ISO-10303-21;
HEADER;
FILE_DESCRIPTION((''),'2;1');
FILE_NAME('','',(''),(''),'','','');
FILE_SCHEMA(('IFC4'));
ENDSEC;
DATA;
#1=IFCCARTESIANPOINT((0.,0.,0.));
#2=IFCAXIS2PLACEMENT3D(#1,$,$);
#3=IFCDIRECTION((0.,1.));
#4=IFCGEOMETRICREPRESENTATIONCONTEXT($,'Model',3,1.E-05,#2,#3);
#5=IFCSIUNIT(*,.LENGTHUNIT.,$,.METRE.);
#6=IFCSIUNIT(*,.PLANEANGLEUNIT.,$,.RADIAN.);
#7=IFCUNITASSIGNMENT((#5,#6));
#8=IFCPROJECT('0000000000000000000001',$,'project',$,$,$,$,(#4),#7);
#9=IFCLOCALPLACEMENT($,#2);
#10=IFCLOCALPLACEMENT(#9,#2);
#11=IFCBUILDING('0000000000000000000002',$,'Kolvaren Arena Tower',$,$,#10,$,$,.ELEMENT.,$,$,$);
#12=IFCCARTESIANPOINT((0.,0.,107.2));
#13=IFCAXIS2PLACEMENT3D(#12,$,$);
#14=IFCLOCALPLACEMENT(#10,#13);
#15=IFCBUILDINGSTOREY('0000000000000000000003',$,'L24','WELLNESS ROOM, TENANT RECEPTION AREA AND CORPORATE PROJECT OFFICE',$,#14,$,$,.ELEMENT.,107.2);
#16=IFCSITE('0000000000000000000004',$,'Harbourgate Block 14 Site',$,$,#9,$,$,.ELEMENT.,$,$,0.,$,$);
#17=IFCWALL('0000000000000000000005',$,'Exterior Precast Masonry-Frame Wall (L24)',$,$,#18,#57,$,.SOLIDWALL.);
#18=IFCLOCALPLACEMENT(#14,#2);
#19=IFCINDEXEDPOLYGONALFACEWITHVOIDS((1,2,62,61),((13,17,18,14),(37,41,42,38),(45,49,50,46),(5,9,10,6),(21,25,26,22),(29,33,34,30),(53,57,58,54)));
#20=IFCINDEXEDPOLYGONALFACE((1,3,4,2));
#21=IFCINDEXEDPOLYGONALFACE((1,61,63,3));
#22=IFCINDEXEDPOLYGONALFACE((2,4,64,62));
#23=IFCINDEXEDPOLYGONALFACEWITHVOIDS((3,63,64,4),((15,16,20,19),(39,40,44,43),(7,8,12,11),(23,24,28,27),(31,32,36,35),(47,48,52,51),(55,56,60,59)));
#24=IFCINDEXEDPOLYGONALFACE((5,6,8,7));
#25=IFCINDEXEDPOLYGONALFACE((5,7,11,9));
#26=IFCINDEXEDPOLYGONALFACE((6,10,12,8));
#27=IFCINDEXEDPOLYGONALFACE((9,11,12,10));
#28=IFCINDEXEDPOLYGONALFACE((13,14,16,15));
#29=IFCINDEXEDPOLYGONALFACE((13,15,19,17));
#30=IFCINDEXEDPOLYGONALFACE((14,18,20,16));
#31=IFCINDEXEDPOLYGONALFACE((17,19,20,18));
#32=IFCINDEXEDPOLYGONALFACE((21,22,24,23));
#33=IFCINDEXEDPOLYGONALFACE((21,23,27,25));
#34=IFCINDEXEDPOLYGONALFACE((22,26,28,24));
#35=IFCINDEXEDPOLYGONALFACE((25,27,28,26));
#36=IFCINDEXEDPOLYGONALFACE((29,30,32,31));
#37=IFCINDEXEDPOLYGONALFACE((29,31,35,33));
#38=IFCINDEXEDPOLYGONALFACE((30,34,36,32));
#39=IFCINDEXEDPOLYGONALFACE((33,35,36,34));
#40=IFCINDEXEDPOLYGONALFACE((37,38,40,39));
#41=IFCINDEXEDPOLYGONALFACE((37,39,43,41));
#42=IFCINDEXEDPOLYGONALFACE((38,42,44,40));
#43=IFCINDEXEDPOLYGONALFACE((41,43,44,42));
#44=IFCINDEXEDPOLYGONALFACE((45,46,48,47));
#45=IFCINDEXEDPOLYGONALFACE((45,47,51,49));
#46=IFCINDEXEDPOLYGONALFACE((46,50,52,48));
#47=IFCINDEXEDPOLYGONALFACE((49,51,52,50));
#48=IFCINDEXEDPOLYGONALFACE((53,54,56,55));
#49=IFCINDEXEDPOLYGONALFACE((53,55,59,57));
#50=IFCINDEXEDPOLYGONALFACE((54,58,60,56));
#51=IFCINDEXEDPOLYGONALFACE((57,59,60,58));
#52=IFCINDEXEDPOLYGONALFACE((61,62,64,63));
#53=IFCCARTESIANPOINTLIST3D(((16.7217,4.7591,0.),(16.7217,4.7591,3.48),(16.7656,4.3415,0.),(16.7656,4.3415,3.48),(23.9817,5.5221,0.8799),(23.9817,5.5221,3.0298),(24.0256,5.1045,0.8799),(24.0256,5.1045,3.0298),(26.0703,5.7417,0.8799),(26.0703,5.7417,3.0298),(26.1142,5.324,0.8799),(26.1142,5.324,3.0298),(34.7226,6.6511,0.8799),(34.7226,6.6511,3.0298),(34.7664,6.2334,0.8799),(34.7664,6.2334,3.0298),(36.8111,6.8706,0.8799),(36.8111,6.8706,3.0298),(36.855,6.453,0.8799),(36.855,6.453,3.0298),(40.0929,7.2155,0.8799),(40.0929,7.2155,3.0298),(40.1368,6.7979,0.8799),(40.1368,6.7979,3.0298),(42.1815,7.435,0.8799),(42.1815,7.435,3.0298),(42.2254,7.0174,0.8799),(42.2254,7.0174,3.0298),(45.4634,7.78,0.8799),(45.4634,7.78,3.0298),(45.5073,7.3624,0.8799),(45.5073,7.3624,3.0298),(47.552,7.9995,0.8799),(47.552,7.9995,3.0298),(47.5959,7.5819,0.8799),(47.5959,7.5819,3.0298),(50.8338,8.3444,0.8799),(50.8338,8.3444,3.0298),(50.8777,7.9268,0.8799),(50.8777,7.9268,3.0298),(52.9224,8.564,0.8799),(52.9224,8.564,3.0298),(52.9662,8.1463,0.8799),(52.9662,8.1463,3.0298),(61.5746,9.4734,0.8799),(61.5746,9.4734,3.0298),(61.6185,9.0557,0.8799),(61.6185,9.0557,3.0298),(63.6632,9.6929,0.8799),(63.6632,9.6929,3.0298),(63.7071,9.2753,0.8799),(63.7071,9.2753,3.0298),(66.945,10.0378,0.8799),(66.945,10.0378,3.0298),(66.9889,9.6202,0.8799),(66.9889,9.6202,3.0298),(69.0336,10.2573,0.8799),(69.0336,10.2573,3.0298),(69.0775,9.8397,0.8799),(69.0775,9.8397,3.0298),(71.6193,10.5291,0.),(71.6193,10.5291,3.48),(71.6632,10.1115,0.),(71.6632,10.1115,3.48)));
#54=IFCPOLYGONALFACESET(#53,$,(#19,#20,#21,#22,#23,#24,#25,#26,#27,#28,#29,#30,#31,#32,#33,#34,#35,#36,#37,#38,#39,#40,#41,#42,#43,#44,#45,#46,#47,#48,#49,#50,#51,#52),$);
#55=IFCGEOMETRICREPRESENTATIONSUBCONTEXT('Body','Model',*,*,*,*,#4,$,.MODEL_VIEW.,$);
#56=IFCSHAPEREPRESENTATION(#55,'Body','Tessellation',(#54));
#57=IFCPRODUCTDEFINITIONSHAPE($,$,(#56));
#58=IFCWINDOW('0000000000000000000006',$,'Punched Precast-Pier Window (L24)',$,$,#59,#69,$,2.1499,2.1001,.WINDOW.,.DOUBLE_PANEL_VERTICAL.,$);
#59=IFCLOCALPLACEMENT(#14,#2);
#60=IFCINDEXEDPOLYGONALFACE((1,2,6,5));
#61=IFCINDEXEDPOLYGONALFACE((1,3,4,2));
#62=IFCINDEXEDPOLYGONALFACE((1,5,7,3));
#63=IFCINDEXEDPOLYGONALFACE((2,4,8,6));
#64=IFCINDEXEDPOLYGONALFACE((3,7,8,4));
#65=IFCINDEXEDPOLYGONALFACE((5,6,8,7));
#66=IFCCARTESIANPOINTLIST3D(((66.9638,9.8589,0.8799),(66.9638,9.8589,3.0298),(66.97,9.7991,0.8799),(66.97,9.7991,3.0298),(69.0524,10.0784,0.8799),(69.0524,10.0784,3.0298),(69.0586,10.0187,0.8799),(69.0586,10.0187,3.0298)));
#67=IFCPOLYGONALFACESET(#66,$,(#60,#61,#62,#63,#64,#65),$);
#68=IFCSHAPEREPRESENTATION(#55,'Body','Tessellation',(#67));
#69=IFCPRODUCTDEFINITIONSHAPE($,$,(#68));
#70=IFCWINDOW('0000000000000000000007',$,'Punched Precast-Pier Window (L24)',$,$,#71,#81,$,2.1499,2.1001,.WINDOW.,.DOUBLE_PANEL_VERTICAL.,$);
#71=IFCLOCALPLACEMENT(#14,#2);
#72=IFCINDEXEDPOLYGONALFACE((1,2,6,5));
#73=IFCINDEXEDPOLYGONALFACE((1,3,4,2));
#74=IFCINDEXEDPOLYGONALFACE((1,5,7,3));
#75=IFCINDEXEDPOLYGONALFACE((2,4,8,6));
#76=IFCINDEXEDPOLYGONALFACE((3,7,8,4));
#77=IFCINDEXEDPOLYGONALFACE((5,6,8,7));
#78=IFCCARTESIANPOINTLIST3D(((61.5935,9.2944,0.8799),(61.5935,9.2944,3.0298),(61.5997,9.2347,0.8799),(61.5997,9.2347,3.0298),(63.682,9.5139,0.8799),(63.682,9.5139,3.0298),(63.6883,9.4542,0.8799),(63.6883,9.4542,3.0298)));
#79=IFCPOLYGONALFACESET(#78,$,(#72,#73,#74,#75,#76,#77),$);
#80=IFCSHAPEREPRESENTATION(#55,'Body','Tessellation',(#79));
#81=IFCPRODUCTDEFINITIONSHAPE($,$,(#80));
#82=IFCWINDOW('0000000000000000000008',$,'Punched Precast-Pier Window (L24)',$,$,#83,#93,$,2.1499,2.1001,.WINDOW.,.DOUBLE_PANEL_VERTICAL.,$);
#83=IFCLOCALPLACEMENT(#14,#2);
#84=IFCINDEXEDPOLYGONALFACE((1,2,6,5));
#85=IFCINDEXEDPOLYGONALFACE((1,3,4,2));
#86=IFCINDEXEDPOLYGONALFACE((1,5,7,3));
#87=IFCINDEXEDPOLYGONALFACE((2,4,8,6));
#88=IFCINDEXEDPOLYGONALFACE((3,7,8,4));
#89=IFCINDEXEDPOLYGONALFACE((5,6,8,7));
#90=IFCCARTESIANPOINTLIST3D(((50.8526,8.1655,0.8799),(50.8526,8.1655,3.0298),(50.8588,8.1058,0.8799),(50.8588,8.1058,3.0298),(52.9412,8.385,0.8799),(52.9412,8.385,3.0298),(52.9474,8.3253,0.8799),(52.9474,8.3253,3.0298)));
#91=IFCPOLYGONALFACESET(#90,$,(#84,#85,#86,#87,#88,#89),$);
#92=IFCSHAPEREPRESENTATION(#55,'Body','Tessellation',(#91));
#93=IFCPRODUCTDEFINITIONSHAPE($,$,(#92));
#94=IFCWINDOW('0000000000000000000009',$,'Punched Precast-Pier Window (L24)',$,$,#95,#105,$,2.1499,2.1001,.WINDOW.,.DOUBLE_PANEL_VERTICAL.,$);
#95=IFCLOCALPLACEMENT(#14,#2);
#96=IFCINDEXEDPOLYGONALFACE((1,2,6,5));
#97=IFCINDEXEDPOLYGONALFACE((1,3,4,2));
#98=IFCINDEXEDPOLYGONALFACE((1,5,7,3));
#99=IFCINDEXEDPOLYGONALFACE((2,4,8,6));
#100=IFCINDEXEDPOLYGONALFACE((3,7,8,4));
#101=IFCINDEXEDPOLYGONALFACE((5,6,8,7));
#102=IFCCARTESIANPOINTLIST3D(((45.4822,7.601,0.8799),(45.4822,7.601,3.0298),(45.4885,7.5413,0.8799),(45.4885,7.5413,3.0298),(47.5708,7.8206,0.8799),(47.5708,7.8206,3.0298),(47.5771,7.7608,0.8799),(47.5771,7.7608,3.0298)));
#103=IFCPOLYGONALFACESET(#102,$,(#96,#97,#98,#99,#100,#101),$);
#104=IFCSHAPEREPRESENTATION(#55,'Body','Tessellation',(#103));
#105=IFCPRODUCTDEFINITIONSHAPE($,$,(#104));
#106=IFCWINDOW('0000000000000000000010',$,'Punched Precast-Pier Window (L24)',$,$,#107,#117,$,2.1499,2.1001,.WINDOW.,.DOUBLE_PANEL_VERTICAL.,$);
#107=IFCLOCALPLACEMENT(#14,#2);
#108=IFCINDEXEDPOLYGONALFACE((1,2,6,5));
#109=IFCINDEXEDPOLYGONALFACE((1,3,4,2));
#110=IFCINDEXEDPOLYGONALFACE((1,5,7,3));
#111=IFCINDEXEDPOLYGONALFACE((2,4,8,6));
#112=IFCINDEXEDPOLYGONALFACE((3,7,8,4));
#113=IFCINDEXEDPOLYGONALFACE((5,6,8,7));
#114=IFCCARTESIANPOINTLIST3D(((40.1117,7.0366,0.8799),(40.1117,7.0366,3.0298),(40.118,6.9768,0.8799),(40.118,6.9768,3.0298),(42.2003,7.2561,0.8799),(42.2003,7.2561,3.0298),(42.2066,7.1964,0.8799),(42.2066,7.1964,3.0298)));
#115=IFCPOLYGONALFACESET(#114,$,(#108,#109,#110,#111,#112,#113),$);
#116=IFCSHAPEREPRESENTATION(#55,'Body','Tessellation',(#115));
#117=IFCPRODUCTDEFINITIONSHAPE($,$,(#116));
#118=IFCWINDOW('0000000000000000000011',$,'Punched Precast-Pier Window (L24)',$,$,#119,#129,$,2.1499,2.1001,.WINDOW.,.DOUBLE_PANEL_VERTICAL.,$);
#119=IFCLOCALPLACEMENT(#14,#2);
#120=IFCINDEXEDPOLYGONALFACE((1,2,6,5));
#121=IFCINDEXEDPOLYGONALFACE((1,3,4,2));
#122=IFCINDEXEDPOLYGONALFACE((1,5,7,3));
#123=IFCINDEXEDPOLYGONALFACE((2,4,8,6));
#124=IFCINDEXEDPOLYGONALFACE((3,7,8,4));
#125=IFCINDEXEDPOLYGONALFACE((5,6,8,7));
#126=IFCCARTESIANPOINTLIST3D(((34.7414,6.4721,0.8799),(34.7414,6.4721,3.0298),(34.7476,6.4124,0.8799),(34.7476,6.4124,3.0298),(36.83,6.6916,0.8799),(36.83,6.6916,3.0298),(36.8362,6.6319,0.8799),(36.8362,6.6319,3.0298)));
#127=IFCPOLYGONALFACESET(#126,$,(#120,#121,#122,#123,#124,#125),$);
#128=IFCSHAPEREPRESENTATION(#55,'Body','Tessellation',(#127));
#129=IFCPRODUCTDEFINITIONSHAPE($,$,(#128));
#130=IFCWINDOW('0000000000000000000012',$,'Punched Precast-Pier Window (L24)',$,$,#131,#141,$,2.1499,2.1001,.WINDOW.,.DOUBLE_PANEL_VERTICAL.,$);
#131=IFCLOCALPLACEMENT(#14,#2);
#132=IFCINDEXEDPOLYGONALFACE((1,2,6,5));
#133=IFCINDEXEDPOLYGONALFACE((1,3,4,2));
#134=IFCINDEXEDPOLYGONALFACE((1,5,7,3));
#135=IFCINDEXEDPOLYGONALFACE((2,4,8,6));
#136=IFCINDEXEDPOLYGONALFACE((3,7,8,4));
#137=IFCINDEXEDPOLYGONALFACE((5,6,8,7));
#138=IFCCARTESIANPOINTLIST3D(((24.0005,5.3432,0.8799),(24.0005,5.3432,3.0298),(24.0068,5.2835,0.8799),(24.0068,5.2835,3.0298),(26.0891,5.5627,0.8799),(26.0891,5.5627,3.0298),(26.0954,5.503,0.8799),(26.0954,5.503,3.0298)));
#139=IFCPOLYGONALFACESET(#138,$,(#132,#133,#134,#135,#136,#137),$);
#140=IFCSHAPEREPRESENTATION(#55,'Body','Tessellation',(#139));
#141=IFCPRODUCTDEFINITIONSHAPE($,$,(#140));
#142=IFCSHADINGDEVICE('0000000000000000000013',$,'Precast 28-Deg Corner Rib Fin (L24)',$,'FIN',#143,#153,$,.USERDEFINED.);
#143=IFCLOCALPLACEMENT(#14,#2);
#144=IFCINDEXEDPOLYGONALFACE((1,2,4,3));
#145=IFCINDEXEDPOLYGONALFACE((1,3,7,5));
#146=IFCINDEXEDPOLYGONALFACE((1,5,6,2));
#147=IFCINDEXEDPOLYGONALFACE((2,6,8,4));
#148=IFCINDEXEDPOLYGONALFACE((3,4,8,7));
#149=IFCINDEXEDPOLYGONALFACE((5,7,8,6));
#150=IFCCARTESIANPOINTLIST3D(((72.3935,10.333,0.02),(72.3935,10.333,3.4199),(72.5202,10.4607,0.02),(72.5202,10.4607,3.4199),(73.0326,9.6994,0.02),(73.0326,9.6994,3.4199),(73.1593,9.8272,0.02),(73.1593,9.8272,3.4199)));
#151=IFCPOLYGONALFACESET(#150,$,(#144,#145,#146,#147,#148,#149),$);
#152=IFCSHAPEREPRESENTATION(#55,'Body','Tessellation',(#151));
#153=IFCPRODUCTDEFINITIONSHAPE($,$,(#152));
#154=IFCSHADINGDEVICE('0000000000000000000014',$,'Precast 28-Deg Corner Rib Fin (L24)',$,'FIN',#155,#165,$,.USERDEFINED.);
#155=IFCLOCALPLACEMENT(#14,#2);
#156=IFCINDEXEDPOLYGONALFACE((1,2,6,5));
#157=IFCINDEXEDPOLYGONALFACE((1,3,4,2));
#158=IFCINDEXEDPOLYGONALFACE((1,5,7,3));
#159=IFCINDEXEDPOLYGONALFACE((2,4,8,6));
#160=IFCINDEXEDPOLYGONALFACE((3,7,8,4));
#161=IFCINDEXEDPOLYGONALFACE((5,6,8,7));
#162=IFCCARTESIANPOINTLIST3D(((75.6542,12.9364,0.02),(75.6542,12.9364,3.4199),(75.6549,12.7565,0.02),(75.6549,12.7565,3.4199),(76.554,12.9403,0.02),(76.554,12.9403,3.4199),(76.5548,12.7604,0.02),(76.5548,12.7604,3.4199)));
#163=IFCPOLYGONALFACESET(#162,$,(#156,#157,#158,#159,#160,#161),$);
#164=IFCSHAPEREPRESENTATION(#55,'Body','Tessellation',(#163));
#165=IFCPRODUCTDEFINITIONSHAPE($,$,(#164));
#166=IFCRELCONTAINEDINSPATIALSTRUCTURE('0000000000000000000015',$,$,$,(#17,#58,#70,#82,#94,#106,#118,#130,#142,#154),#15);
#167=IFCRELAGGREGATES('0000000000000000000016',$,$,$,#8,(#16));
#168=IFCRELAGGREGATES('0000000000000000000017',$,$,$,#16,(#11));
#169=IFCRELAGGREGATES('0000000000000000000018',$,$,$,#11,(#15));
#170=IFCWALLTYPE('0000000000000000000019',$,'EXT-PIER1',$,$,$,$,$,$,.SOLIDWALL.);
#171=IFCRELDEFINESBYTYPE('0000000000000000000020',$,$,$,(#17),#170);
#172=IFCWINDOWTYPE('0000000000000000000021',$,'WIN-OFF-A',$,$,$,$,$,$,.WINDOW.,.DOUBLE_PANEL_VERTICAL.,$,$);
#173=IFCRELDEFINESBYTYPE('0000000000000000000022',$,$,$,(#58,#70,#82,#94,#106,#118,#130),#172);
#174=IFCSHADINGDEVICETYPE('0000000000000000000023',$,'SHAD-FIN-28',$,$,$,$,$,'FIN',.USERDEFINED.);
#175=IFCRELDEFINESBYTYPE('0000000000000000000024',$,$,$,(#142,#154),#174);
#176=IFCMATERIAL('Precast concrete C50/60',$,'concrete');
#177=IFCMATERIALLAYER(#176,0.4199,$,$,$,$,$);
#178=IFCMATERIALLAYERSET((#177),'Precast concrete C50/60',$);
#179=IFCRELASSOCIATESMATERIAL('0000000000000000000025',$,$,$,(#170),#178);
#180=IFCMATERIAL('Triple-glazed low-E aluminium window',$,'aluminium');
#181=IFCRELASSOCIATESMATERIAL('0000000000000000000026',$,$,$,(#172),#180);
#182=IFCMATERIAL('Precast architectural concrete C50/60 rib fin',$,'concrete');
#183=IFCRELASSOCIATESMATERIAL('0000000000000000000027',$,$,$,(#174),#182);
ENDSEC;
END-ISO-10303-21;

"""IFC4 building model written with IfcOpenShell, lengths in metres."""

from ifc_helpers import new_model, si_unit, direction, frame, frame_2d, origin, origin_2d, place, context, subcontext, project, spatial, rectangle, extrude, material, layer, layer_set, type_object, element, fill, save


model = new_model("IFC4")

# Units and contexts
model_context = context("Model", 3, precision=1e-05, world=origin(), true_north=direction((0.0, 1.0)))
body_context = subcontext(model_context, "Body", "Model", "MODEL_VIEW")
ifc_project = project(units=[si_unit("LENGTHUNIT", "METRE"), si_unit("PLANEANGLEUNIT", "RADIAN")], contexts=[model_context])

# Site, building, storey
site_placement = place(None, origin())
site = spatial("IfcSite", under=ifc_project, at=site_placement, Name="Harbourgate Block 14 Site", CompositionType="ELEMENT", RefElevation=0.0)
building_placement = place(site_placement, origin())
building = spatial("IfcBuilding", under=site, at=building_placement, Name="Kolvaren Arena Tower", CompositionType="ELEMENT")
storey_placement = place(building_placement, frame((0.0, 0.0, 107.2)))
storey = spatial("IfcBuildingStorey", under=building, at=storey_placement, Name="L24", Description="WELLNESS ROOM, TENANT RECEPTION AREA AND CORPORATE PROJECT OFFICE", CompositionType="ELEMENT", Elevation=107.2)

# Shared definitions
ifc_material_1 = material(Name="Precast concrete C50/60", Category="concrete")
ifc_layer_1 = layer(ifc_material_1, 0.4199)
ifc_layer_set_1 = layer_set([ifc_layer_1], Name="Precast concrete C50/60")
wall_type_1 = type_object("IfcWallType", Name="EXT-PIER1", PredefinedType="SOLIDWALL", material=ifc_layer_set_1)

# Wall, openings, windows
wall_1_placement = place(storey_placement, frame((71.6414, 10.3203, 0.0), z_axis=(0.0, 0.0, 1.0), x_axis=(-0.994522, -0.10453, 0.0)))
wall_1 = element("IfcWall", 1, at=wall_1_placement, inside=storey, type_object=wall_type_1, Name="Exterior Precast Masonry-Frame Wall (L24)", PredefinedType="SOLIDWALL", context=body_context, shape_type="SweptSolid", body=[
    extrude(rectangle(XDim=55.2, YDim=0.4199, at=frame_2d((27.6001, 0.0))), origin(), (0.0, 0.0, 1.0), 3.48),
])
opening_1_placement = place(wall_1_placement, frame((2.6001, 0.0, 0.8799)))
opening_1 = element("IfcOpeningElement", 2, at=opening_1_placement, cuts=wall_1, PredefinedType="OPENING", context=body_context, shape_type="SweptSolid", body=[
    extrude(rectangle(XDim=2.1001, YDim=2.1499, at=frame_2d((1.05, 1.075))), frame((0.0, 0.22, 0.0), z_axis=(0.0, -1.0, 0.0), x_axis=(1.0, 0.0, 0.0)), (0.0, 0.0, 1.0), 0.4399),
])
opening_2_placement = place(wall_1_placement, frame((8.0, 0.0, 0.8799)))
opening_2 = element("IfcOpeningElement", 3, at=opening_2_placement, cuts=wall_1, PredefinedType="OPENING", context=body_context, shape_type="SweptSolid", body=[
    extrude(rectangle(XDim=2.1001, YDim=2.1499, at=frame_2d((1.05, 1.075))), frame((0.0, 0.22, 0.0), z_axis=(0.0, -1.0, 0.0), x_axis=(1.0, 0.0, 0.0)), (0.0, 0.0, 1.0), 0.4399),
])
opening_3_placement = place(wall_1_placement, frame((18.8, 0.0, 0.8799)))
opening_3 = element("IfcOpeningElement", 4, at=opening_3_placement, cuts=wall_1, PredefinedType="OPENING", context=body_context, shape_type="SweptSolid", body=[
    extrude(rectangle(XDim=2.1001, YDim=2.1499, at=frame_2d((1.05, 1.075))), frame((0.0, 0.22, 0.0), z_axis=(0.0, -1.0, 0.0), x_axis=(1.0, 0.0, 0.0)), (0.0, 0.0, 1.0), 0.4399),
])
opening_4_placement = place(wall_1_placement, frame((24.2, 0.0, 0.8799)))
opening_4 = element("IfcOpeningElement", 5, at=opening_4_placement, cuts=wall_1, PredefinedType="OPENING", context=body_context, shape_type="SweptSolid", body=[
    extrude(rectangle(XDim=2.1001, YDim=2.1499, at=frame_2d((1.05, 1.075))), frame((0.0, 0.22, 0.0), z_axis=(0.0, -1.0, 0.0), x_axis=(1.0, 0.0, 0.0)), (0.0, 0.0, 1.0), 0.4399),
])
opening_5_placement = place(wall_1_placement, frame((29.6001, 0.0, 0.8799)))
opening_5 = element("IfcOpeningElement", 6, at=opening_5_placement, cuts=wall_1, PredefinedType="OPENING", context=body_context, shape_type="SweptSolid", body=[
    extrude(rectangle(XDim=2.1001, YDim=2.1499, at=frame_2d((1.05, 1.075))), frame((0.0, 0.22, 0.0), z_axis=(0.0, -1.0, 0.0), x_axis=(1.0, 0.0, 0.0)), (0.0, 0.0, 1.0), 0.4399),
])
opening_6_placement = place(wall_1_placement, frame((35.0, 0.0, 0.8799)))
opening_6 = element("IfcOpeningElement", 7, at=opening_6_placement, cuts=wall_1, PredefinedType="OPENING", context=body_context, shape_type="SweptSolid", body=[
    extrude(rectangle(XDim=2.1001, YDim=2.1499, at=frame_2d((1.05, 1.075))), frame((0.0, 0.22, 0.0), z_axis=(0.0, -1.0, 0.0), x_axis=(1.0, 0.0, 0.0)), (0.0, 0.0, 1.0), 0.4399),
])
opening_7_placement = place(wall_1_placement, frame((45.8, 0.0, 0.8799)))
opening_7 = element("IfcOpeningElement", 8, at=opening_7_placement, cuts=wall_1, PredefinedType="OPENING", context=body_context, shape_type="SweptSolid", body=[
    extrude(rectangle(XDim=2.1001, YDim=2.1499, at=frame_2d((1.05, 1.075))), frame((0.0, 0.22, 0.0), z_axis=(0.0, -1.0, 0.0), x_axis=(1.0, 0.0, 0.0)), (0.0, 0.0, 1.0), 0.4399),
])
ifc_material_2 = material(Name="Triple-glazed low-E aluminium window", Category="aluminium")
window_type = type_object("IfcWindowType", Name="WIN-OFF-A", PartitioningType="DOUBLE_PANEL_VERTICAL", PredefinedType="WINDOW", material=ifc_material_2)
window_1_placement = place(opening_1_placement, origin())
window_1 = element("IfcWindow", 9, at=window_1_placement, inside=storey, type_object=window_type, Name="Punched Precast-Pier Window (L24)", OverallHeight=2.1499, OverallWidth=2.1001, PartitioningType="DOUBLE_PANEL_VERTICAL", PredefinedType="WINDOW", context=body_context, shape_type="SweptSolid", body=[
    extrude(rectangle(XDim=2.1001, YDim=2.1499, at=frame_2d((1.05, 1.075))), frame((0.0, 0.03, 0.0), z_axis=(0.0, -1.0, 0.0), x_axis=(1.0, 0.0, 0.0)), (0.0, 0.0, 1.0), 0.0601),
])
fill(opening_1, window_1)
window_2_placement = place(opening_2_placement, origin())
window_2 = element("IfcWindow", 10, at=window_2_placement, inside=storey, type_object=window_type, Name="Punched Precast-Pier Window (L24)", OverallHeight=2.1499, OverallWidth=2.1001, PartitioningType="DOUBLE_PANEL_VERTICAL", PredefinedType="WINDOW", context=body_context, shape_type="SweptSolid", body=[
    extrude(rectangle(XDim=2.1001, YDim=2.1499, at=frame_2d((1.05, 1.075))), frame((0.0, 0.03, 0.0), z_axis=(0.0, -1.0, 0.0), x_axis=(1.0, 0.0, 0.0)), (0.0, 0.0, 1.0), 0.0601),
])
fill(opening_2, window_2)
window_3_placement = place(opening_3_placement, origin())
window_3 = element("IfcWindow", 11, at=window_3_placement, inside=storey, type_object=window_type, Name="Punched Precast-Pier Window (L24)", OverallHeight=2.1499, OverallWidth=2.1001, PartitioningType="DOUBLE_PANEL_VERTICAL", PredefinedType="WINDOW", context=body_context, shape_type="SweptSolid", body=[
    extrude(rectangle(XDim=2.1001, YDim=2.1499, at=frame_2d((1.05, 1.075))), frame((0.0, 0.03, 0.0), z_axis=(0.0, -1.0, 0.0), x_axis=(1.0, 0.0, 0.0)), (0.0, 0.0, 1.0), 0.0601),
])
fill(opening_3, window_3)
window_4_placement = place(opening_4_placement, origin())
window_4 = element("IfcWindow", 12, at=window_4_placement, inside=storey, type_object=window_type, Name="Punched Precast-Pier Window (L24)", OverallHeight=2.1499, OverallWidth=2.1001, PartitioningType="DOUBLE_PANEL_VERTICAL", PredefinedType="WINDOW", context=body_context, shape_type="SweptSolid", body=[
    extrude(rectangle(XDim=2.1001, YDim=2.1499, at=frame_2d((1.05, 1.075))), frame((0.0, 0.03, 0.0), z_axis=(0.0, -1.0, 0.0), x_axis=(1.0, 0.0, 0.0)), (0.0, 0.0, 1.0), 0.0601),
])
fill(opening_4, window_4)
window_5_placement = place(opening_5_placement, origin())
window_5 = element("IfcWindow", 13, at=window_5_placement, inside=storey, type_object=window_type, Name="Punched Precast-Pier Window (L24)", OverallHeight=2.1499, OverallWidth=2.1001, PartitioningType="DOUBLE_PANEL_VERTICAL", PredefinedType="WINDOW", context=body_context, shape_type="SweptSolid", body=[
    extrude(rectangle(XDim=2.1001, YDim=2.1499, at=frame_2d((1.05, 1.075))), frame((0.0, 0.03, 0.0), z_axis=(0.0, -1.0, 0.0), x_axis=(1.0, 0.0, 0.0)), (0.0, 0.0, 1.0), 0.0601),
])
fill(opening_5, window_5)
window_6_placement = place(opening_6_placement, origin())
window_6 = element("IfcWindow", 14, at=window_6_placement, inside=storey, type_object=window_type, Name="Punched Precast-Pier Window (L24)", OverallHeight=2.1499, OverallWidth=2.1001, PartitioningType="DOUBLE_PANEL_VERTICAL", PredefinedType="WINDOW", context=body_context, shape_type="SweptSolid", body=[
    extrude(rectangle(XDim=2.1001, YDim=2.1499, at=frame_2d((1.05, 1.075))), frame((0.0, 0.03, 0.0), z_axis=(0.0, -1.0, 0.0), x_axis=(1.0, 0.0, 0.0)), (0.0, 0.0, 1.0), 0.0601),
])
fill(opening_6, window_6)
window_7_placement = place(opening_7_placement, origin())
window_7 = element("IfcWindow", 15, at=window_7_placement, inside=storey, type_object=window_type, Name="Punched Precast-Pier Window (L24)", OverallHeight=2.1499, OverallWidth=2.1001, PartitioningType="DOUBLE_PANEL_VERTICAL", PredefinedType="WINDOW", context=body_context, shape_type="SweptSolid", body=[
    extrude(rectangle(XDim=2.1001, YDim=2.1499, at=frame_2d((1.05, 1.075))), frame((0.0, 0.03, 0.0), z_axis=(0.0, -1.0, 0.0), x_axis=(1.0, 0.0, 0.0)), (0.0, 0.0, 1.0), 0.0601),
])
fill(opening_7, window_7)

# Shading devices
ifc_material_3 = material(Name="Precast architectural concrete C50/60 rib fin", Category="concrete")
shading_device_type_1 = type_object("IfcShadingDeviceType", Name="SHAD-FIN-28", ElementType="FIN", PredefinedType="USERDEFINED", material=ifc_material_3)
for number, where, z_axis, x_axis, name in (
    (16, (72.7764, 10.0801, 0.02), (0.0, 0.0, 1.0), (0.710184, -0.704016, 0.0), "Precast 28-Deg Corner Rib Fin (L24)"),
    (17, (76.1045, 12.8484, 0.02), (0.0, 0.0, 1.0), (0.999991, 0.004349, 0.0), "Precast 28-Deg Corner Rib Fin (L24)"),
):
    element("IfcShadingDevice", number, at=place(storey_placement, frame(where, z_axis=z_axis, x_axis=x_axis)), inside=storey, type_object=shading_device_type_1, Name=name, ObjectType="FIN", PredefinedType="USERDEFINED", context=body_context, shape_type="SweptSolid", body=[
        extrude(rectangle(XDim=0.8999, YDim=0.1799, at=origin_2d()), origin(), (0.0, 0.0, 1.0), 3.3999),
    ])

save(model, "model.ifc")
